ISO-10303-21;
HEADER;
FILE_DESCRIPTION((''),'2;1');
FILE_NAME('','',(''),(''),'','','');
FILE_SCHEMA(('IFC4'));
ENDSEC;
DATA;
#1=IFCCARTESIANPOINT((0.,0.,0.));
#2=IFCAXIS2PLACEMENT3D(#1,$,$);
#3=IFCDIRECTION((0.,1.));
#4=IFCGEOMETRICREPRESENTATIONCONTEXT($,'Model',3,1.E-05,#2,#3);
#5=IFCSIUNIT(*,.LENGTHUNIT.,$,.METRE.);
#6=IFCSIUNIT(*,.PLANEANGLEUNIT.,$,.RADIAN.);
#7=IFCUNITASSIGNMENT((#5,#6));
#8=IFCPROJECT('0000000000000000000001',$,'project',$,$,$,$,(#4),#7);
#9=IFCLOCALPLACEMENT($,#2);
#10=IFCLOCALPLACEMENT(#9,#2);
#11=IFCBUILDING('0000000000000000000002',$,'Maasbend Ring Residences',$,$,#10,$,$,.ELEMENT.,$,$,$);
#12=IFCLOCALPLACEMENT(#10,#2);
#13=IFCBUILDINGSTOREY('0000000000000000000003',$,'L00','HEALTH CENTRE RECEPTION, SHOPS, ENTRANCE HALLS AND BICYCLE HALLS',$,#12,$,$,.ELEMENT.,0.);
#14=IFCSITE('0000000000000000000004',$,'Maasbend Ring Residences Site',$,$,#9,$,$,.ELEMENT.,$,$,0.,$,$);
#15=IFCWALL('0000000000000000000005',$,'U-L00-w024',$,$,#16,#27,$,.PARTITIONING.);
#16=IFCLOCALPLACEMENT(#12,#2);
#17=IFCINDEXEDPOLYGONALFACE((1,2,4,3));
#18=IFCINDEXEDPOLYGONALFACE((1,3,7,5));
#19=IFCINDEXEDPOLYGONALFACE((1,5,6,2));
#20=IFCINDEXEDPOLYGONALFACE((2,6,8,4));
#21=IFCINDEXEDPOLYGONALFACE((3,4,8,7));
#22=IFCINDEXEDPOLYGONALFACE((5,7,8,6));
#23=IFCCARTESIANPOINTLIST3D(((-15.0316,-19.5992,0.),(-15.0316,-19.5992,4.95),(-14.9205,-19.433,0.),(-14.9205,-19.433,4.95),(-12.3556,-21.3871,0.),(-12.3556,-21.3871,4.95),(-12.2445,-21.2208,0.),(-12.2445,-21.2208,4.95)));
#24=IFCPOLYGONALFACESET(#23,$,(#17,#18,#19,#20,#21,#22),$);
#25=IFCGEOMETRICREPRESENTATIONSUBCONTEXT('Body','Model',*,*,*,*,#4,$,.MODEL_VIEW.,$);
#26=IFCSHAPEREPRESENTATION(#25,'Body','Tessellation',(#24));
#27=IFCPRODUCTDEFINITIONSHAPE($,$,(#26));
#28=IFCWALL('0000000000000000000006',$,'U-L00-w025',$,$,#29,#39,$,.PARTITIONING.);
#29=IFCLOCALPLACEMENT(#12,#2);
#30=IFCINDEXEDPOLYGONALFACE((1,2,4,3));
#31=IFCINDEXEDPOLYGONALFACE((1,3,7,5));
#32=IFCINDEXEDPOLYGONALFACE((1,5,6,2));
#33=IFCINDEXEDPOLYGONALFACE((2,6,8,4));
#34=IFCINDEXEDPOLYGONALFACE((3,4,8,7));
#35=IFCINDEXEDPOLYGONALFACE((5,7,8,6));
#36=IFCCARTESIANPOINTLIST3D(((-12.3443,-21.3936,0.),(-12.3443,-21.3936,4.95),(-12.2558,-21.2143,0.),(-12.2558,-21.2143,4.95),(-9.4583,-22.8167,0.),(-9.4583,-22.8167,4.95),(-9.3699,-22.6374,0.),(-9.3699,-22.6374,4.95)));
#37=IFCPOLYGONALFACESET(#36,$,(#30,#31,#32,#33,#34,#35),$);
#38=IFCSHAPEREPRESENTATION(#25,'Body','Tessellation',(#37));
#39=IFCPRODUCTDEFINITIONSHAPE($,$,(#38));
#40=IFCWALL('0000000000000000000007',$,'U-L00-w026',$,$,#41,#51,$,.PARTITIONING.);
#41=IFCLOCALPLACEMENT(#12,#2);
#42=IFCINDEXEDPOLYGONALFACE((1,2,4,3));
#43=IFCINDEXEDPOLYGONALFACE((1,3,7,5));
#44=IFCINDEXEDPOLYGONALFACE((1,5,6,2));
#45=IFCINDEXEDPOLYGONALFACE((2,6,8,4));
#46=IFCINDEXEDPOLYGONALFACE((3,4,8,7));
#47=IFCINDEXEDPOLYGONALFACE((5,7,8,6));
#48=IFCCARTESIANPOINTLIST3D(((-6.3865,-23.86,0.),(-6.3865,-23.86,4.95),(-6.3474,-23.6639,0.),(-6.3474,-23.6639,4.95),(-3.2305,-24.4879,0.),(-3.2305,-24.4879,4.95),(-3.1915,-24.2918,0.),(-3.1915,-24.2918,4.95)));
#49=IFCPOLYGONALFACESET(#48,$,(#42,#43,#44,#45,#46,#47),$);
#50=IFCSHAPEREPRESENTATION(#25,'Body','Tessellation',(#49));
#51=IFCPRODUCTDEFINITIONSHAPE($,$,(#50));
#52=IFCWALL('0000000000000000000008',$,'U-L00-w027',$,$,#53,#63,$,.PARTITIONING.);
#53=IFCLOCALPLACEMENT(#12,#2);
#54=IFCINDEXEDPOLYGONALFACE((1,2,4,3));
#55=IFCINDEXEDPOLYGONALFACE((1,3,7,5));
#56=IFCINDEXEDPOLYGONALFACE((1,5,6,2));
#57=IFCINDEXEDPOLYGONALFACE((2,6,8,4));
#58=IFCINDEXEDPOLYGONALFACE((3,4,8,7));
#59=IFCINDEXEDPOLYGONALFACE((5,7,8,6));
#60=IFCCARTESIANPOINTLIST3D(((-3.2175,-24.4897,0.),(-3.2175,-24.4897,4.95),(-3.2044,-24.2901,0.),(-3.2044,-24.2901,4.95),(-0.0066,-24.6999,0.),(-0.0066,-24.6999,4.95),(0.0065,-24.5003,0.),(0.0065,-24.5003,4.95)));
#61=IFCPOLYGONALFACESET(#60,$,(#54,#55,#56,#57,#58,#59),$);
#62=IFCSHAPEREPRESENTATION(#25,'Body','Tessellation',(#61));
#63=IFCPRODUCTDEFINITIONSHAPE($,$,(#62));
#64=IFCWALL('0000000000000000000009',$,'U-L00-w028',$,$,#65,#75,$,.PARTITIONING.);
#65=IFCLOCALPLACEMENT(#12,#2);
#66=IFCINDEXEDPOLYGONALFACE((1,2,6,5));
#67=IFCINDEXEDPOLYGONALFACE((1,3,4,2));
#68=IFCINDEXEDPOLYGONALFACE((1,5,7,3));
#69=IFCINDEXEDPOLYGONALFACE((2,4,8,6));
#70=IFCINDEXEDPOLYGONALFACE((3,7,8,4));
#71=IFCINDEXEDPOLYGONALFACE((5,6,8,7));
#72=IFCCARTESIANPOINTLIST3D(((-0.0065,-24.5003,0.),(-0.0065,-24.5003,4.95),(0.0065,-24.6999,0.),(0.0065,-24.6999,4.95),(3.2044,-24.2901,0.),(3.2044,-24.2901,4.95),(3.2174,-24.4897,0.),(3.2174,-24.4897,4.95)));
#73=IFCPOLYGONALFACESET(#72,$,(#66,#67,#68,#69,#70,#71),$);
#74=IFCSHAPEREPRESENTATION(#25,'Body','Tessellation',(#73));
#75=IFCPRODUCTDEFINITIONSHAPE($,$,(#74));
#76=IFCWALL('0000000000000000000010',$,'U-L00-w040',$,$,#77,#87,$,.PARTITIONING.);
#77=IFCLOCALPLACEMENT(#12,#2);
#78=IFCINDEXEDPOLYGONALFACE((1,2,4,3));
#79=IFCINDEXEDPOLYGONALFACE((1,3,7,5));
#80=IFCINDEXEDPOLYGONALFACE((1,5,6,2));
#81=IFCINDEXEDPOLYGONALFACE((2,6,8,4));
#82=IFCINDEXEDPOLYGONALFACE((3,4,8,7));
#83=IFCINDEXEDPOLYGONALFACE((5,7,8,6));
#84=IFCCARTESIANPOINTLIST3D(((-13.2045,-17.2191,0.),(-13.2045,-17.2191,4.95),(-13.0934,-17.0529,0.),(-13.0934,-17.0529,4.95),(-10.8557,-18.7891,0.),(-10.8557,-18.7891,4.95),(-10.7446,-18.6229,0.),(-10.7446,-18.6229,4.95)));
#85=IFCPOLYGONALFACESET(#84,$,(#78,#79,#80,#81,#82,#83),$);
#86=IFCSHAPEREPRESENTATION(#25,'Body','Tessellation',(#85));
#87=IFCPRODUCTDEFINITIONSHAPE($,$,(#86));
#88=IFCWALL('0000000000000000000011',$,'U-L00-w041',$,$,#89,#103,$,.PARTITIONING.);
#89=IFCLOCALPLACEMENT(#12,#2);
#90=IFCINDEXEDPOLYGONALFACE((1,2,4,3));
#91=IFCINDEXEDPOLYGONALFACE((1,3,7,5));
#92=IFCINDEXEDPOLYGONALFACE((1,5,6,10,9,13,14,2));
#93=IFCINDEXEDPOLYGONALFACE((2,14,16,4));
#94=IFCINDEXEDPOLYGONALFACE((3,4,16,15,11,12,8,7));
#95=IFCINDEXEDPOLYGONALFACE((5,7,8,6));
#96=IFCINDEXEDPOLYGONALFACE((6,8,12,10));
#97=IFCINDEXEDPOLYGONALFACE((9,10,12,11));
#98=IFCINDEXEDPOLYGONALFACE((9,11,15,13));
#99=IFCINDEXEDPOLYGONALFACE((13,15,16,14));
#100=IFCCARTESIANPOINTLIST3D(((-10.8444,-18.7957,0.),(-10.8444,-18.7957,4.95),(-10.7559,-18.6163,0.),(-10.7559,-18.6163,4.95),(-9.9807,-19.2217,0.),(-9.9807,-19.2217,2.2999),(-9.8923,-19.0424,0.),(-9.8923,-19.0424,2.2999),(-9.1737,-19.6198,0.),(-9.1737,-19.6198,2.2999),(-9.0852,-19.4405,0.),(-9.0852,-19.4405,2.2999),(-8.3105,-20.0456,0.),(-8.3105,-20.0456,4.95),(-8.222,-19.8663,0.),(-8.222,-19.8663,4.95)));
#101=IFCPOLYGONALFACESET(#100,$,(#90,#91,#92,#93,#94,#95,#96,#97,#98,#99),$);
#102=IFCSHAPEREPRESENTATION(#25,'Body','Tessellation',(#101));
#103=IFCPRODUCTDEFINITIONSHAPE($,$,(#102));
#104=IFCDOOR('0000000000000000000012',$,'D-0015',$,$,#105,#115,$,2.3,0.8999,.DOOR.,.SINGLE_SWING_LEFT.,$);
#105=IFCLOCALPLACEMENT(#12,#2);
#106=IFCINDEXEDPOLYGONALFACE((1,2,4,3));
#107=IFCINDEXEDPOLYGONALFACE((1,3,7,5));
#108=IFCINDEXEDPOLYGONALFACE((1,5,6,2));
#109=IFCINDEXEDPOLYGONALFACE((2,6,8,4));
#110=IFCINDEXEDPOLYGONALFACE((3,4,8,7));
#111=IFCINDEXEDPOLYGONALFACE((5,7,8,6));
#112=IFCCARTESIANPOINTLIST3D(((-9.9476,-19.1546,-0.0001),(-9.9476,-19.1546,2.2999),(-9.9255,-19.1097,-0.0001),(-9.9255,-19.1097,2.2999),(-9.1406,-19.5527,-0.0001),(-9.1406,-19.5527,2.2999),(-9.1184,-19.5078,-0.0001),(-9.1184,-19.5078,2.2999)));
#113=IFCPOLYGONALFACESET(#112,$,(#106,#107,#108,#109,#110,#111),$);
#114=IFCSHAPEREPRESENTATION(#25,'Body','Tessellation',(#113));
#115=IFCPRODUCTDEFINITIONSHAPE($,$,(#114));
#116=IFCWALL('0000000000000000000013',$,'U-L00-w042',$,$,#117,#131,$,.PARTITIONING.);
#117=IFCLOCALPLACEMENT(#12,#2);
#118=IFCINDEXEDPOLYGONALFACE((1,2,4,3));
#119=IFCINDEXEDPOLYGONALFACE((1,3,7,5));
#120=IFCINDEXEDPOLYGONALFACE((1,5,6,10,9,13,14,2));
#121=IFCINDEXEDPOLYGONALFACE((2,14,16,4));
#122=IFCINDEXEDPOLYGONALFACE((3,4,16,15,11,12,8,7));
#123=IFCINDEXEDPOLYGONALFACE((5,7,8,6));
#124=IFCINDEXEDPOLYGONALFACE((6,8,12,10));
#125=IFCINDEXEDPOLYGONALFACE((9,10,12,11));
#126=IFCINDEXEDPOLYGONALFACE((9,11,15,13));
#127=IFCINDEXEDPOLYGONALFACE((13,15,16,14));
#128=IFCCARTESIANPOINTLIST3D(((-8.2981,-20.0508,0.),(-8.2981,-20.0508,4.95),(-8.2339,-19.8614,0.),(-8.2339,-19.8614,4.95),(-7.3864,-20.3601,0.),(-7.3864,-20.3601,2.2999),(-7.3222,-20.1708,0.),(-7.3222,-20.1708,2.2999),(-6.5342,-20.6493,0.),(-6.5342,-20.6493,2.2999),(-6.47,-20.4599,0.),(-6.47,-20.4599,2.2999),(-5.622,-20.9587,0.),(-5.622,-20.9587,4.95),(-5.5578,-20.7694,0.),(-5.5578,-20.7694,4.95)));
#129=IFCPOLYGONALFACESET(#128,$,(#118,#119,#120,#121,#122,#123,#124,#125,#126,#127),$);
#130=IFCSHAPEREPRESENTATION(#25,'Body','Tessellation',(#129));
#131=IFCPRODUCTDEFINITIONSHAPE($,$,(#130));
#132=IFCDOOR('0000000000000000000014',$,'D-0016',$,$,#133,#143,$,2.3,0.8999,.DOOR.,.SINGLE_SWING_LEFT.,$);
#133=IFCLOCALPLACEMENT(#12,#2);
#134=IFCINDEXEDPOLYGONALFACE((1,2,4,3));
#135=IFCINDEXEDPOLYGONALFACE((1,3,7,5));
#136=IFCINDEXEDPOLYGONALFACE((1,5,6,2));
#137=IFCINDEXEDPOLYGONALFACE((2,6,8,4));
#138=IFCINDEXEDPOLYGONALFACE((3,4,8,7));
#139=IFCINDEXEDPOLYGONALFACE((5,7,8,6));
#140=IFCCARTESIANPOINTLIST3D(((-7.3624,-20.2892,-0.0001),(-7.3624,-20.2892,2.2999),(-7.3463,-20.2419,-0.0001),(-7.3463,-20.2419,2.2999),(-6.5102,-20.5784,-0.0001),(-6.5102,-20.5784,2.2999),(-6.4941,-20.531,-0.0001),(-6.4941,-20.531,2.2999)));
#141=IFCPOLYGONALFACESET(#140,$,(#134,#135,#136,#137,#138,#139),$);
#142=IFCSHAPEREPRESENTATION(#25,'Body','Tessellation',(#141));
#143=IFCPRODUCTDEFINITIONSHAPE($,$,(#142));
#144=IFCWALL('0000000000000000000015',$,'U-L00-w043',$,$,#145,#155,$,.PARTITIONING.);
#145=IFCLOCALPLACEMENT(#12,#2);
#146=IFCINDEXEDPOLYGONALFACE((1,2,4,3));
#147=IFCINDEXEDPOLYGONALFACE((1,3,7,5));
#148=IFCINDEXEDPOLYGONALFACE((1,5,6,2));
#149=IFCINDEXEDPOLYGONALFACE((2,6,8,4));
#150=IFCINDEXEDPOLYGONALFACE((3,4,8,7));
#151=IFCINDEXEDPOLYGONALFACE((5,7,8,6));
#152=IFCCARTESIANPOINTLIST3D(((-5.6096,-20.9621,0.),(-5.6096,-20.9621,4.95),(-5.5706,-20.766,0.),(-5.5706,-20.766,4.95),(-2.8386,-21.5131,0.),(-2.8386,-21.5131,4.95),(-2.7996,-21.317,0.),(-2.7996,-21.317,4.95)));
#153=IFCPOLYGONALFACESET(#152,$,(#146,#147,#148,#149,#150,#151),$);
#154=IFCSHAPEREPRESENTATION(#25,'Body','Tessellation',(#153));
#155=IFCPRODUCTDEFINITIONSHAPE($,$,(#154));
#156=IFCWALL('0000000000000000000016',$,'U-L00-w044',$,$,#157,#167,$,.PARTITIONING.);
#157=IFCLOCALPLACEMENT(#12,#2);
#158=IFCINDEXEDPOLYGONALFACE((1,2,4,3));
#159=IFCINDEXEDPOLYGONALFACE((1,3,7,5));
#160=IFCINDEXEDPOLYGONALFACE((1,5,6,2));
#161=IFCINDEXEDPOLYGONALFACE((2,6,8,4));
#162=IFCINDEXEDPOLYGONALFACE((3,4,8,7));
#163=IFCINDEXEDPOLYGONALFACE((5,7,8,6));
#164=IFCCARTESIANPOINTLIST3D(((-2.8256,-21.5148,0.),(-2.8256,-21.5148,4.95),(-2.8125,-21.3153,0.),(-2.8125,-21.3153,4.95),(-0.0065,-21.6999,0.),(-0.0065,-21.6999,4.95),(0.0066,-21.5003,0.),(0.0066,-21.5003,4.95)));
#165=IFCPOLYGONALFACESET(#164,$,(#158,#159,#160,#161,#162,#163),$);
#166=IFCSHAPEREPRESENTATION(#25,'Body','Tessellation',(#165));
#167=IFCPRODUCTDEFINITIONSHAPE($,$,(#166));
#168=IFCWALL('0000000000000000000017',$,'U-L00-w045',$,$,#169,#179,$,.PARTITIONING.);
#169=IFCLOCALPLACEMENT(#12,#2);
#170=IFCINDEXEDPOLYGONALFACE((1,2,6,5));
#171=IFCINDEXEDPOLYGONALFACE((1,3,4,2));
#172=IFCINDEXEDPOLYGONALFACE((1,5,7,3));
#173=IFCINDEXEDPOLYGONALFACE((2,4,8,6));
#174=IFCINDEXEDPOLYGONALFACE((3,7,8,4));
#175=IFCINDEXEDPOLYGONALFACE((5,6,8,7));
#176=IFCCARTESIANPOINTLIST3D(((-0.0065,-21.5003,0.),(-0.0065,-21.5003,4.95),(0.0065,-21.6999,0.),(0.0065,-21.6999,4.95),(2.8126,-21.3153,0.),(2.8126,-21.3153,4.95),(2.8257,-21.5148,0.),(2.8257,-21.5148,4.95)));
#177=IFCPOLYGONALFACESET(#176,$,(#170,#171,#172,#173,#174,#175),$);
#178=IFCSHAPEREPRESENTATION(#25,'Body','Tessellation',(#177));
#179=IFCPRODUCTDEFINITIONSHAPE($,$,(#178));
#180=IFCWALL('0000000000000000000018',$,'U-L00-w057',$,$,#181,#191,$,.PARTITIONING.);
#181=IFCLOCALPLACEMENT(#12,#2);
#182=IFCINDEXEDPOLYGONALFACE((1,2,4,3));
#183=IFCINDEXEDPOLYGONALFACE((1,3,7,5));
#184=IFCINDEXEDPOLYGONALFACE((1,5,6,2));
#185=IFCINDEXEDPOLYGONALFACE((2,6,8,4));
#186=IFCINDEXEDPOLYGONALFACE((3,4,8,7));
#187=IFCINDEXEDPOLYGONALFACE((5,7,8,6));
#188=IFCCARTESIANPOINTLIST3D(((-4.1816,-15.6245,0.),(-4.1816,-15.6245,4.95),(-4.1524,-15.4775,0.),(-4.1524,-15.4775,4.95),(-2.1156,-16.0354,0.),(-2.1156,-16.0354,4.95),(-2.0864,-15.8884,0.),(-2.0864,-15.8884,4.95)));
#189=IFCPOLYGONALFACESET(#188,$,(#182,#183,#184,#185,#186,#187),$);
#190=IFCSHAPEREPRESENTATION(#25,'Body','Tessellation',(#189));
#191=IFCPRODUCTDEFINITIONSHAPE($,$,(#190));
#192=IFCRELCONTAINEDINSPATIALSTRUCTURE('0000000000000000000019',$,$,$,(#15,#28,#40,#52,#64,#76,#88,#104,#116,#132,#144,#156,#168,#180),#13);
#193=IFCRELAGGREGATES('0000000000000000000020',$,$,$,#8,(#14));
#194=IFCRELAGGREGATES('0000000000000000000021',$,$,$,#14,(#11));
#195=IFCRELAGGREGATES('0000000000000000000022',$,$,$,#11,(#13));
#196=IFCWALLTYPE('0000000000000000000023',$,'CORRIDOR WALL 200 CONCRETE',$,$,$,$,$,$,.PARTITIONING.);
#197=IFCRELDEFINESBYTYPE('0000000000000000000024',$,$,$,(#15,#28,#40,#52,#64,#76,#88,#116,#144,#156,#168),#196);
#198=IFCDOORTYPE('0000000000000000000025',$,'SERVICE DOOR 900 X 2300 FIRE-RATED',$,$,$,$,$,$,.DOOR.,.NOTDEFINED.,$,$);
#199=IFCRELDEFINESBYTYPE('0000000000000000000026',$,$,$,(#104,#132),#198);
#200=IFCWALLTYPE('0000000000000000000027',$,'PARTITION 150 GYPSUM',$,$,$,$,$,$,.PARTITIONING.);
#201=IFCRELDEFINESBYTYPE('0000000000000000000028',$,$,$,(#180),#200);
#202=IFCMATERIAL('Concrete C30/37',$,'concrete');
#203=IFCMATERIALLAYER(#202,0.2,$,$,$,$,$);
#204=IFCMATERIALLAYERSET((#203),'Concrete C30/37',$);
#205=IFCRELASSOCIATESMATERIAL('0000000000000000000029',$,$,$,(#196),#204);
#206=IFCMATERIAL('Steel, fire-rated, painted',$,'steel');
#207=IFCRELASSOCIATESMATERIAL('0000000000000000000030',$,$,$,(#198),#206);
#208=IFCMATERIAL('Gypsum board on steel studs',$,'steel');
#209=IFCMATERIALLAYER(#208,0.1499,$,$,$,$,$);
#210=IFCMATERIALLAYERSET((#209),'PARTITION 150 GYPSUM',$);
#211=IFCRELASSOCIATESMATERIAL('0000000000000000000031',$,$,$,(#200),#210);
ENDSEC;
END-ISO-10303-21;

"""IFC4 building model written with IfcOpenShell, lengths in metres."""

from ifc_helpers import new_model, si_unit, direction, frame, frame_2d, origin, place, context, subcontext, project, spatial, rectangle, extrude, material, layer, layer_set, type_object, element, fill, save


model = new_model("IFC4")

# Units and contexts
model_context = context("Model", 3, precision=1e-05, world=origin(), true_north=direction((0.0, 1.0)))
body_context = subcontext(model_context, "Body", "Model", "MODEL_VIEW")
ifc_project = project(units=[si_unit("LENGTHUNIT", "METRE"), si_unit("PLANEANGLEUNIT", "RADIAN")], contexts=[model_context])

# Site, building, storey
site_placement = place(None, origin())
site = spatial("IfcSite", under=ifc_project, at=site_placement, Name="Maasbend Ring Residences Site", CompositionType="ELEMENT", RefElevation=0.0)
building_placement = place(site_placement, origin())
building = spatial("IfcBuilding", under=site, at=building_placement, Name="Maasbend Ring Residences", CompositionType="ELEMENT")
storey_placement = place(building_placement, origin())
storey = spatial("IfcBuildingStorey", under=building, at=storey_placement, Name="L00", Description="HEALTH CENTRE RECEPTION, SHOPS, ENTRANCE HALLS AND BICYCLE HALLS", CompositionType="ELEMENT", Elevation=0.0)

# Walls
ifc_material_1 = material(Name="Concrete C30/37", Category="concrete")
ifc_layer_1 = layer(ifc_material_1, 0.2)
ifc_layer_set_1 = layer_set([ifc_layer_1], Name="Concrete C30/37")
wall_type_1 = type_object("IfcWallType", Name="CORRIDOR WALL 200 CONCRETE", PredefinedType="PARTITIONING", material=ifc_layer_set_1)
wall_1_placement = place(storey_placement, frame((-14.9761, -19.5161, 0.0), z_axis=(0.0, 0.0, 1.0), x_axis=(0.831501, -0.555523, 0.0)))
element("IfcWall", 1, at=wall_1_placement, inside=storey, type_object=wall_type_1, Name="U-L00-w024", PredefinedType="PARTITIONING", context=body_context, shape_type="SweptSolid", body=[
    extrude(rectangle(XDim=3.2183, YDim=0.2, at=frame_2d((1.6091, 0.0))), origin(), (0.0, 0.0, 1.0), 4.95),
])
for number, where, z_axis, x_axis, name in (
    (2, (-12.3, -21.304, 0.0), (0.0, 0.0, 1.0), (0.896887, -0.44226, 0.0), "U-L00-w025"),
    (3, (-6.3669, -23.762, 0.0), (0.0, 0.0, 1.0), (0.980776, -0.195138, 0.0), "U-L00-w026"),
    (4, (-3.2109, -24.3899, 0.0), (0.0, 0.0, 1.0), (0.997864, -0.065325, 0.0), "U-L00-w027"),
    (5, (0.0, -24.6001, 0.0), (0.0, 0.0, 1.0), (0.997864, 0.065325, 0.0), "U-L00-w028"),
):
    element("IfcWall", number, at=place(storey_placement, frame(where, z_axis=z_axis, x_axis=x_axis)), inside=storey, type_object=wall_type_1, Name=name, PredefinedType="PARTITIONING", context=body_context, shape_type="SweptSolid", body=[
        extrude(rectangle(XDim=3.2178, YDim=0.2, at=frame_2d((1.6089, 0.0))), origin(), (0.0, 0.0, 1.0), 4.95),
    ])
wall_2_placement = place(storey_placement, frame((-13.1489, -17.136, 0.0), z_axis=(0.0, 0.0, 1.0), x_axis=(0.831372, -0.555717, 0.0)))
element("IfcWall", 6, at=wall_2_placement, inside=storey, type_object=wall_type_1, Name="U-L00-w040", PredefinedType="PARTITIONING", context=body_context, shape_type="SweptSolid", body=[
    extrude(rectangle(XDim=2.8252, YDim=0.2, at=frame_2d((1.4126, 0.0))), origin(), (0.0, 0.0, 1.0), 4.95),
])

# Walls, openings, doors
wall_3_placement = place(storey_placement, frame((-10.8, -18.7061, 0.0), z_axis=(0.0, 0.0, 1.0), x_axis=(0.896816, -0.442403, 0.0)))
wall_3 = element("IfcWall", 7, at=wall_3_placement, inside=storey, type_object=wall_type_1, Name="U-L00-w041", PredefinedType="PARTITIONING", context=body_context, shape_type="SweptSolid", body=[
    extrude(rectangle(XDim=2.8254, YDim=0.2, at=frame_2d((1.4126, 0.0))), origin(), (0.0, 0.0, 1.0), 4.95),
])
opening_1_placement = place(wall_3_placement, frame((0.9629, 0.0, 0.0)))
opening_1 = element("IfcOpeningElement", 8, at=opening_1_placement, cuts=wall_3, PredefinedType="OPENING", context=body_context, shape_type="SweptSolid", body=[
    extrude(rectangle(XDim=0.8999, YDim=2.3, at=frame_2d((0.45, 1.1499))), frame((0.0, 0.1099, 0.0), z_axis=(0.0, -1.0, 0.0), x_axis=(1.0, 0.0, 0.0)), (0.0, 0.0, 1.0), 0.22),
])
ifc_material_2 = material(Name="Steel, fire-rated, painted", Category="steel")
door_type = type_object("IfcDoorType", Name="SERVICE DOOR 900 X 2300 FIRE-RATED", OperationType="NOTDEFINED", PredefinedType="DOOR", material=ifc_material_2)
door_1_placement = place(opening_1_placement, origin())
door_1 = element("IfcDoor", 9, at=door_1_placement, inside=storey, type_object=door_type, Name="D-0015", OperationType="SINGLE_SWING_LEFT", OverallHeight=2.3, OverallWidth=0.8999, PredefinedType="DOOR", context=body_context, shape_type="SweptSolid", body=[
    extrude(rectangle(XDim=0.8999, YDim=2.3, at=frame_2d((0.45, 1.1499))), frame((0.0, 0.0249, 0.0), z_axis=(0.0, -1.0, 0.0), x_axis=(1.0, 0.0, 0.0)), (0.0, 0.0, 1.0), 0.05),
])
fill(opening_1, door_1)
wall_4_placement = place(storey_placement, frame((-8.2661, -19.9561, 0.0), z_axis=(0.0, 0.0, 1.0), x_axis=(0.946976, -0.321303, 0.0)))
wall_4 = element("IfcWall", 10, at=wall_4_placement, inside=storey, type_object=wall_type_1, Name="U-L00-w042", PredefinedType="PARTITIONING", context=body_context, shape_type="SweptSolid", body=[
    extrude(rectangle(XDim=2.8259, YDim=0.2, at=frame_2d((1.4131, 0.0))), origin(), (0.0, 0.0, 1.0), 4.95),
])
opening_2_placement = place(wall_4_placement, frame((0.9629, 0.0, 0.0)))
opening_2 = element("IfcOpeningElement", 11, at=opening_2_placement, cuts=wall_4, PredefinedType="OPENING", context=body_context, shape_type="SweptSolid", body=[
    extrude(rectangle(XDim=0.8999, YDim=2.3, at=frame_2d((0.45, 1.1499))), frame((0.0, 0.1099, 0.0), z_axis=(0.0, -1.0, 0.0), x_axis=(1.0, 0.0, 0.0)), (0.0, 0.0, 1.0), 0.22),
])
door_2_placement = place(opening_2_placement, origin())
door_2 = element("IfcDoor", 12, at=door_2_placement, inside=storey, type_object=door_type, Name="D-0016", OperationType="SINGLE_SWING_LEFT", OverallHeight=2.3, OverallWidth=0.8999, PredefinedType="DOOR", context=body_context, shape_type="SweptSolid", body=[
    extrude(rectangle(XDim=0.8999, YDim=2.3, at=frame_2d((0.45, 1.1499))), frame((0.0, 0.0249, 0.0), z_axis=(0.0, -1.0, 0.0), x_axis=(1.0, 0.0, 0.0)), (0.0, 0.0, 1.0), 0.05),
])
fill(opening_2, door_2)

# Walls
for number, where, z_axis, x_axis, name in (
    (13, (-5.5901, -20.864, 0.0), (0.0, 0.0, 1.0), (0.980796, -0.195036, 0.0), "U-L00-w043"),
    (14, (-2.8191, -21.415, 0.0), (0.0, 0.0, 1.0), (0.997852, -0.065504, 0.0), "U-L00-w044"),
    (15, (0.0, -21.6001, 0.0), (0.0, 0.0, 1.0), (0.997852, 0.065504, 0.0), "U-L00-w045"),
):
    element("IfcWall", number, at=place(storey_placement, frame(where, z_axis=z_axis, x_axis=x_axis)), inside=storey, type_object=wall_type_1, Name=name, PredefinedType="PARTITIONING", context=body_context, shape_type="SweptSolid", body=[
        extrude(rectangle(XDim=2.8252, YDim=0.2, at=frame_2d((1.4126, 0.0))), origin(), (0.0, 0.0, 1.0), 4.95),
    ])
ifc_material_3 = material(Name="Gypsum board on steel studs", Category="steel")
ifc_layer_2 = layer(ifc_material_3, 0.1499)
ifc_layer_set_2 = layer_set([ifc_layer_2], Name="PARTITION 150 GYPSUM")
wall_type_2 = type_object("IfcWallType", Name="PARTITION 150 GYPSUM", PredefinedType="PARTITIONING", material=ifc_layer_set_2)
wall_5_placement = place(storey_placement, frame((-4.167, -15.551, 0.0), z_axis=(0.0, 0.0, 1.0), x_axis=(0.98079, -0.195068, 0.0)))
element("IfcWall", 16, at=wall_5_placement, inside=storey, type_object=wall_type_2, Name="U-L00-w057", PredefinedType="PARTITIONING", context=body_context, shape_type="SweptSolid", body=[
    extrude(rectangle(XDim=2.1064, YDim=0.1499, at=frame_2d((1.0532, 0.0))), origin(), (0.0, 0.0, 1.0), 4.95),
])

save(model, "model.ifc")
